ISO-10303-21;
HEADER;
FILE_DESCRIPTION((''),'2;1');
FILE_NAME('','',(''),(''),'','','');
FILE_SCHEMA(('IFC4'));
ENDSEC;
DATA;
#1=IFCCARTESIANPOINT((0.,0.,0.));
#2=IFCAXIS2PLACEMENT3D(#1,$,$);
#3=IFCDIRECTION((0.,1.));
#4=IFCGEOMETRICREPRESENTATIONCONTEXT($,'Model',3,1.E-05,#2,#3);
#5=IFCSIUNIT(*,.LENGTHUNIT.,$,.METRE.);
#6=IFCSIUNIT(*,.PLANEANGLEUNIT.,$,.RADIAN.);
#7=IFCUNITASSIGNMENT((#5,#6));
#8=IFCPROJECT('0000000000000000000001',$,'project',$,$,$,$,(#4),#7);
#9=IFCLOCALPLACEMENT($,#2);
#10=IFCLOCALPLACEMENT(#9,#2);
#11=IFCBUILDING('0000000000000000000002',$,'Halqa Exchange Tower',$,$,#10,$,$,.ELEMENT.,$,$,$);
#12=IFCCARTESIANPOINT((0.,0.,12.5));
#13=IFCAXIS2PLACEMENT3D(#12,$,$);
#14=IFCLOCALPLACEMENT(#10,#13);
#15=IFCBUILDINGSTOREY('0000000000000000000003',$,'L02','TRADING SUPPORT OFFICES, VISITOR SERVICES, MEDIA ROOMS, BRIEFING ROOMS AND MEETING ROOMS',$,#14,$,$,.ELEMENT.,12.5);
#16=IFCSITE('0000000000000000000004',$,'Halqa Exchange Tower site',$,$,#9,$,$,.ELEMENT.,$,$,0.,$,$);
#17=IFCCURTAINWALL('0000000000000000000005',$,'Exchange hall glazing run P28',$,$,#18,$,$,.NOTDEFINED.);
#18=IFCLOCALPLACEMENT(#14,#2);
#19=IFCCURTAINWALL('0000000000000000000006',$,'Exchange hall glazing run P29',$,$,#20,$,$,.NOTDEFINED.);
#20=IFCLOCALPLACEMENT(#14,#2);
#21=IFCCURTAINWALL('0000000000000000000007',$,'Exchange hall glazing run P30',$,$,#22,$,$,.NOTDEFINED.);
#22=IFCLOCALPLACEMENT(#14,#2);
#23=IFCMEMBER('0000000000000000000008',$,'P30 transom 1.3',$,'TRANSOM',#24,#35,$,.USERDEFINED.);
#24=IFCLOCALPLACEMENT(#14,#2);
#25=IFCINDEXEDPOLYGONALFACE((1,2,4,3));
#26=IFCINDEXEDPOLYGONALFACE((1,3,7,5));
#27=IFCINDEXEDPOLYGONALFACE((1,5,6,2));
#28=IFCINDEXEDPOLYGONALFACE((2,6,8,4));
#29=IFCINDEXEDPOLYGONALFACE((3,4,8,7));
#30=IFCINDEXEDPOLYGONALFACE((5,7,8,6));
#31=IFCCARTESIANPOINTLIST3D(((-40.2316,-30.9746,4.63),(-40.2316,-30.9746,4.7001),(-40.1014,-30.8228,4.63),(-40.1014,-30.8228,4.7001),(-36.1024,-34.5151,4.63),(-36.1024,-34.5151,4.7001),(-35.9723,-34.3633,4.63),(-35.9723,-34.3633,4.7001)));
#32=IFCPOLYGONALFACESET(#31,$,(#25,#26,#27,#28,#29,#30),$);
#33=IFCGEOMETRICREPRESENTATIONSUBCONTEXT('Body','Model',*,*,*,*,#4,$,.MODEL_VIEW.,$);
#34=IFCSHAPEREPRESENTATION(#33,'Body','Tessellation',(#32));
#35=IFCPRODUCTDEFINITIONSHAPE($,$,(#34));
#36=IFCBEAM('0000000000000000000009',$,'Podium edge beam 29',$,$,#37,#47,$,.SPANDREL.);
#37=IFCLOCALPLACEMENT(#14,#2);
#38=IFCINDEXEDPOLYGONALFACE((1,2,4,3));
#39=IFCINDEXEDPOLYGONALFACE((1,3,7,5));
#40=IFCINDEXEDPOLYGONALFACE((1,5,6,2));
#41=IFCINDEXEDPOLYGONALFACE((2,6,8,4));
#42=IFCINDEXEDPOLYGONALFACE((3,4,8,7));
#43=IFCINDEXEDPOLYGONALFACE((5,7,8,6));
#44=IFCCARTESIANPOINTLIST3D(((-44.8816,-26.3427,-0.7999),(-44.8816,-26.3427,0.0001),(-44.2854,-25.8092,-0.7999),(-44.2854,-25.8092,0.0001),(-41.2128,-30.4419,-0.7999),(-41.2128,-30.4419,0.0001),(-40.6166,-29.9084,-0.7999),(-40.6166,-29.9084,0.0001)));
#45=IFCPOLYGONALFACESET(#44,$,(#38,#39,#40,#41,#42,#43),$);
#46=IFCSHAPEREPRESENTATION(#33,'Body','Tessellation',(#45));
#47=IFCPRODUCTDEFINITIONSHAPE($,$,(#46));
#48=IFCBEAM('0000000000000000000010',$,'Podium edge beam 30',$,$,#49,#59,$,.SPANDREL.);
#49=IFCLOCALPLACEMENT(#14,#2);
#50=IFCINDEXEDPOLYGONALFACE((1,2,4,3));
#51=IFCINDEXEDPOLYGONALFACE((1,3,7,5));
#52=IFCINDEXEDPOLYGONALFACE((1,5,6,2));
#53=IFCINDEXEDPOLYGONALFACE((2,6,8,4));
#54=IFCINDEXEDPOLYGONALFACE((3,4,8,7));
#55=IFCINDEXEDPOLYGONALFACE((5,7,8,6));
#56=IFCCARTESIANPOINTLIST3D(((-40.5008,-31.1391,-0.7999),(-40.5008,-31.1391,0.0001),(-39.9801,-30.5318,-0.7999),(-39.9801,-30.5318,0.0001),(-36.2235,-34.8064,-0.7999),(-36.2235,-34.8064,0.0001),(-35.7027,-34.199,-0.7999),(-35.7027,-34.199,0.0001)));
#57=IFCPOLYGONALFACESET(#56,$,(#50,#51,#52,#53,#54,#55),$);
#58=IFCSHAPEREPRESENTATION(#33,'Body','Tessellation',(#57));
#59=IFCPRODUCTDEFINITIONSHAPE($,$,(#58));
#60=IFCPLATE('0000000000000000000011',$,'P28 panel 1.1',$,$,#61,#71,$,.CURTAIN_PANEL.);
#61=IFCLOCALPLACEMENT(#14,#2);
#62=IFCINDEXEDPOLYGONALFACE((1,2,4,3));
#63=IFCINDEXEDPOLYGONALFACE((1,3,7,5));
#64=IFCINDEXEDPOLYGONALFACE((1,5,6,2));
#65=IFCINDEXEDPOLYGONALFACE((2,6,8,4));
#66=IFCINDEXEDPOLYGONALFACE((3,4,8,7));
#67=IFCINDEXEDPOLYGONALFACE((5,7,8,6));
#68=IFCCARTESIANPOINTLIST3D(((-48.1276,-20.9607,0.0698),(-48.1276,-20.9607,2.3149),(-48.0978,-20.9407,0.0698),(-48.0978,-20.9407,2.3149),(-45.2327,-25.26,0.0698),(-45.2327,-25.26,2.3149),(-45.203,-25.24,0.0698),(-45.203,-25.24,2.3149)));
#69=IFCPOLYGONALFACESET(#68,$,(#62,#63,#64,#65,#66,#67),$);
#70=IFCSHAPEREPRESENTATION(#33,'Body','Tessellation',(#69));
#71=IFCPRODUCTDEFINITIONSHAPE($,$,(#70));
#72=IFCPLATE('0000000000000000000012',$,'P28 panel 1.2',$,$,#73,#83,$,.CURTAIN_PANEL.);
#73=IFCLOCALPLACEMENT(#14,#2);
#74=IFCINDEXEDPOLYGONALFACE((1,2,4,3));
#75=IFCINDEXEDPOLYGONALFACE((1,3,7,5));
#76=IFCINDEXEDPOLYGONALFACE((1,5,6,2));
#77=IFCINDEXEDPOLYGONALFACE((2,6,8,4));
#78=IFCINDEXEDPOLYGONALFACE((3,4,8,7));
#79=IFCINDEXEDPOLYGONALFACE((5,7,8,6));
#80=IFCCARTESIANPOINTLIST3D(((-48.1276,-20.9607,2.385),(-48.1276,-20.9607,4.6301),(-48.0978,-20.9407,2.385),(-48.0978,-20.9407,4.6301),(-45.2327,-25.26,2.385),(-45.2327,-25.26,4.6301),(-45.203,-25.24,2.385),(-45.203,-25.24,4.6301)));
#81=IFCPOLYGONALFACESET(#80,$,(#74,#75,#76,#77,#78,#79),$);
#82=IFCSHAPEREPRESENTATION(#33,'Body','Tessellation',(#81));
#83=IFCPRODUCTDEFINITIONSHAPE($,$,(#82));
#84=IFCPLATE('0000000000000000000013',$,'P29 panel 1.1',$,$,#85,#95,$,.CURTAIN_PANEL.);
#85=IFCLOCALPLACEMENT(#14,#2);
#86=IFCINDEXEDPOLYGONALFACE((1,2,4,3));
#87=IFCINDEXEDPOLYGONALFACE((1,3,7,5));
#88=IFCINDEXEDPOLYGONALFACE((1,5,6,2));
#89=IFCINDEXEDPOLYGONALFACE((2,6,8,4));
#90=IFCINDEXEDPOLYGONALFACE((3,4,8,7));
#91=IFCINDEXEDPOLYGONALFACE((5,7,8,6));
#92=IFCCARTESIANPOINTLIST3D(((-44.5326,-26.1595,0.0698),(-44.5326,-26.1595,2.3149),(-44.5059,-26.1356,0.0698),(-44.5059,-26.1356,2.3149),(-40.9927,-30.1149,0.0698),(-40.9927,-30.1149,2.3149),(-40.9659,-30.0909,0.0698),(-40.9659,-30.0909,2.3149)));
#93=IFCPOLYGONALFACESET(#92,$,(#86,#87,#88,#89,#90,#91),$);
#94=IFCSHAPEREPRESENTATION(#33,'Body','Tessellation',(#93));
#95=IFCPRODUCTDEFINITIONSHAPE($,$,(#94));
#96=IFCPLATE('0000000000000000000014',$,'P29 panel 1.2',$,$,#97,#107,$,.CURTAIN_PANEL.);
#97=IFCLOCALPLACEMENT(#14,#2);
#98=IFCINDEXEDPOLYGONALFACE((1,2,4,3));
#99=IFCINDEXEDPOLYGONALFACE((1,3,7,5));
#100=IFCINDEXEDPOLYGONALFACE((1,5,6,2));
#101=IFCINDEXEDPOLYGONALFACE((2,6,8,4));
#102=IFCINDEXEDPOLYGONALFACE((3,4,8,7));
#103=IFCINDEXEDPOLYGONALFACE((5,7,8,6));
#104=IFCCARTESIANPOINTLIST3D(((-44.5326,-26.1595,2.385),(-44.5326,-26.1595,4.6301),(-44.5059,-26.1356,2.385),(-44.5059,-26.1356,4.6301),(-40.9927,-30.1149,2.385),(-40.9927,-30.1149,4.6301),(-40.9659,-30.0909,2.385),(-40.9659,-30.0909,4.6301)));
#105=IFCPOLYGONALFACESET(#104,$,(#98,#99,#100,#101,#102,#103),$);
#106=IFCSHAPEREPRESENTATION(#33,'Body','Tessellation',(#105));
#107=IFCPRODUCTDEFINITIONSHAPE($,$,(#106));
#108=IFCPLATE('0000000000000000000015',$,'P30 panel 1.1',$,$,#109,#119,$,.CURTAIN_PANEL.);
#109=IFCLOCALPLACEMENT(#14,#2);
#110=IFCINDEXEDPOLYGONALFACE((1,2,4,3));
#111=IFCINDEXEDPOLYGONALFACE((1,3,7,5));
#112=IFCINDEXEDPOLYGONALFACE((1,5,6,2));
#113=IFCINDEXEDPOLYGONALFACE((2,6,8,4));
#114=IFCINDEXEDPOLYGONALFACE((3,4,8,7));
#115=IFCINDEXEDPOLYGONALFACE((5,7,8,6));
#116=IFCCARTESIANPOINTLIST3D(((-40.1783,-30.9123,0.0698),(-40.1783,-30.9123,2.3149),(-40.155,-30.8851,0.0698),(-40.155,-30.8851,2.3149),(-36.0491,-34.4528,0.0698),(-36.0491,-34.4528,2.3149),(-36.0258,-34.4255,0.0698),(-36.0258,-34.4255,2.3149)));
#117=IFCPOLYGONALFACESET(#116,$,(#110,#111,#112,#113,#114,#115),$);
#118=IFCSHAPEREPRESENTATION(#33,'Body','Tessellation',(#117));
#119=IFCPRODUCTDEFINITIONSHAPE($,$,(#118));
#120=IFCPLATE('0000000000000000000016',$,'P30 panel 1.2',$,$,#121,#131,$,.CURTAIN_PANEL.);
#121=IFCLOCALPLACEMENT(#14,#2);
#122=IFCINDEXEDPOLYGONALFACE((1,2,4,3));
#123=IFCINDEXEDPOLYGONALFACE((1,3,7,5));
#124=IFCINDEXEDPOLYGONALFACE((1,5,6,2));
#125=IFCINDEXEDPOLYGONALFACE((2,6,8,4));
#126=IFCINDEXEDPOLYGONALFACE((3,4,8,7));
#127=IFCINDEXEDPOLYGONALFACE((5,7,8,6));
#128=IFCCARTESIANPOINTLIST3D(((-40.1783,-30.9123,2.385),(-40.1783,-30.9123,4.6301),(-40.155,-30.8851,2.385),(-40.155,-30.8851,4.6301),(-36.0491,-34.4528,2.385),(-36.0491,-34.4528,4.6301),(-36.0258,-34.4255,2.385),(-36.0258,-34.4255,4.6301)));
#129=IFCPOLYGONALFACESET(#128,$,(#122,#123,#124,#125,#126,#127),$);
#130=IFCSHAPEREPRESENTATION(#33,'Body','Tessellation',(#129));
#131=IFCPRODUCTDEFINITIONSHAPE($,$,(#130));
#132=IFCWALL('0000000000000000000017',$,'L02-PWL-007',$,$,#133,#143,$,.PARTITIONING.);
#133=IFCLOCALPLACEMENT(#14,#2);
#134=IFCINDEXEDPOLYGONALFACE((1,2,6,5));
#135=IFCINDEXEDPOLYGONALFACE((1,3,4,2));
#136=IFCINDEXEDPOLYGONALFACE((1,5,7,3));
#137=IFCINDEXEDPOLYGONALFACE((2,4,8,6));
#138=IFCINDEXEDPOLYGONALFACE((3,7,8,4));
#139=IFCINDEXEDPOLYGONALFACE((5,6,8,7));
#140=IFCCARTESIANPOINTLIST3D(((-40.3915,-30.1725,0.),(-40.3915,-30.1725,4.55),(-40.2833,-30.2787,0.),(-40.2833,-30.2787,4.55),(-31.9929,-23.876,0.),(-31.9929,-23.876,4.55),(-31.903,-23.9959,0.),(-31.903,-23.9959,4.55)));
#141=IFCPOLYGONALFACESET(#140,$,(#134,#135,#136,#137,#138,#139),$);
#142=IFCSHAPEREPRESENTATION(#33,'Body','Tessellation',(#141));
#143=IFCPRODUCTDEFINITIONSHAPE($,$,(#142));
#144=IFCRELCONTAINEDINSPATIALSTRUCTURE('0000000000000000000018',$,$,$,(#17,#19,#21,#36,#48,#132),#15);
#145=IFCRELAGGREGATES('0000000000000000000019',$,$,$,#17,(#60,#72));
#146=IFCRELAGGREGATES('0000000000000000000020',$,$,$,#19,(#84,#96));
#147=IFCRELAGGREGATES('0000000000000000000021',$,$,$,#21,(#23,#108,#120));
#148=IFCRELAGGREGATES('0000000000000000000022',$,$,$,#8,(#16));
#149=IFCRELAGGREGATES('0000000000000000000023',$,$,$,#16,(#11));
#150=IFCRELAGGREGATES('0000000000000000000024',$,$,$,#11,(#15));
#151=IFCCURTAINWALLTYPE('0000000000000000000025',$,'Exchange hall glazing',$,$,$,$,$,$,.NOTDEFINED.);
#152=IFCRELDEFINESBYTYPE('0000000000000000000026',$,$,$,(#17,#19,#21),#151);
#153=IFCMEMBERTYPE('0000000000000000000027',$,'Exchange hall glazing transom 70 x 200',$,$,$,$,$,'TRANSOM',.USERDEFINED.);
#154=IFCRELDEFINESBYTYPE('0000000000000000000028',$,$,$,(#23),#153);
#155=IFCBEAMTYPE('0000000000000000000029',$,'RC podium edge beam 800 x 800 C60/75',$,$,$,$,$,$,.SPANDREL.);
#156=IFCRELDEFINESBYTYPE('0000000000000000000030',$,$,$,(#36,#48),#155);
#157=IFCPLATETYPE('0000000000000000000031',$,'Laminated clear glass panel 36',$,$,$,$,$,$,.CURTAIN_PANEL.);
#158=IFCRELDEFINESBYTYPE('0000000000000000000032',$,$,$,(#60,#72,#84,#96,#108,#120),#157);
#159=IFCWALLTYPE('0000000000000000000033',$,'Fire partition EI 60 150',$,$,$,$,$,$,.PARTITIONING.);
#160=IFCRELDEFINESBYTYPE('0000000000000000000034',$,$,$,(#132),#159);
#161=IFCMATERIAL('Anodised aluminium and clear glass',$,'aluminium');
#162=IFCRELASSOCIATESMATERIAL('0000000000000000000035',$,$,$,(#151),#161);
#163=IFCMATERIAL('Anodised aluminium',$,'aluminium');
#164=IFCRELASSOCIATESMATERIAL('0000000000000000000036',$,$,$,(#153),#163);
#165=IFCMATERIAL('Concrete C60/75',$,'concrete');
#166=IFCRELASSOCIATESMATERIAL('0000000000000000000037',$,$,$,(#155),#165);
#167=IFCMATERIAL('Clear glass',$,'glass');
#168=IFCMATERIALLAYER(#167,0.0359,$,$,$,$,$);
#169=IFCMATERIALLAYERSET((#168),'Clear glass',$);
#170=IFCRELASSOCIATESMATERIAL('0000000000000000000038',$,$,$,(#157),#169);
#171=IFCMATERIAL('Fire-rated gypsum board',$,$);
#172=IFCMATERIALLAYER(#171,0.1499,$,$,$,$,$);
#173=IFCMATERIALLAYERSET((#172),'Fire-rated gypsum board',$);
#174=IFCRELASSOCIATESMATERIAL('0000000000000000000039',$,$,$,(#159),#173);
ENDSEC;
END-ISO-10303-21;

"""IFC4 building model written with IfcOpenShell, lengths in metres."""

from ifc_helpers import new_model, si_unit, direction, frame, origin, origin_2d, place, context, subcontext, project, spatial, polyline, rectangle, outline, extrude, material, layer, layer_set, material_profile, profile_set, type_object, element, aggregate, save


model = new_model("IFC4")

# Units and contexts
model_context = context("Model", 3, precision=1e-05, world=origin(), true_north=direction((0.0, 1.0)))
body_context = subcontext(model_context, "Body", "Model", "MODEL_VIEW")
ifc_project = project(units=[si_unit("LENGTHUNIT", "METRE"), si_unit("PLANEANGLEUNIT", "RADIAN")], contexts=[model_context])

# Site, building, storey
site_placement = place(None, origin())
site = spatial("IfcSite", under=ifc_project, at=site_placement, Name="Halqa Exchange Tower site", CompositionType="ELEMENT", RefElevation=0.0)
building_placement = place(site_placement, origin())
building = spatial("IfcBuilding", under=site, at=building_placement, Name="Halqa Exchange Tower", CompositionType="ELEMENT")
storey_placement = place(building_placement, frame((0.0, 0.0, 12.5)))
storey = spatial("IfcBuildingStorey", under=building, at=storey_placement, Name="L02", Description="TRADING SUPPORT OFFICES, VISITOR SERVICES, MEDIA ROOMS, BRIEFING ROOMS AND MEETING ROOMS", CompositionType="ELEMENT", Elevation=12.5)

# Shared definitions
ifc_material_1 = material(Name="Concrete C60/75", Category="concrete")

# Curtain wall
ifc_material_2 = material(Name="Anodised aluminium and clear glass", Category="aluminium")
curtain_wall_type = type_object("IfcCurtainWallType", Name="Exchange hall glazing", PredefinedType="NOTDEFINED", material=ifc_material_2)
curtain_wall_1_placement = place(storey_placement, origin())
curtain_wall_1 = element("IfcCurtainWall", 1, at=curtain_wall_1_placement, inside=storey, type_object=curtain_wall_type, Name="Exchange hall glazing run P28", PredefinedType="NOTDEFINED")
ifc_material_3 = material(Name="Anodised aluminium", Category="aluminium")

# Curtain walls
curtain_wall_2_placement = place(storey_placement, origin())
curtain_wall_2 = element("IfcCurtainWall", 2, at=curtain_wall_2_placement, inside=storey, type_object=curtain_wall_type, Name="Exchange hall glazing run P29", PredefinedType="NOTDEFINED")
curtain_wall_3_placement = place(storey_placement, origin())
curtain_wall_3 = element("IfcCurtainWall", 3, at=curtain_wall_3_placement, inside=storey, type_object=curtain_wall_type, Name="Exchange hall glazing run P30", PredefinedType="NOTDEFINED")

# Member
ifc_material_profile_1 = material_profile(ifc_material_3, rectangle(XDim=0.2, YDim=0.0701, at=origin_2d()), Name="AL 70x200")
ifc_profile_set_1 = profile_set([ifc_material_profile_1], Name="Anodised aluminium")
member_type_1 = type_object("IfcMemberType", Name="Exchange hall glazing transom 70 x 200", ElementType="TRANSOM", PredefinedType="USERDEFINED", material=ifc_profile_set_1)
member_1_placement = place(storey_placement, frame((-40.1665, -30.8987, 4.665), z_axis=(0.759143, -0.650924, 0.0), x_axis=(0.650924, 0.759143, 0.0)))
member_1 = element("IfcMember", 4, at=member_1_placement, type_object=member_type_1, Name="P30 transom 1.3", ObjectType="TRANSOM", PredefinedType="USERDEFINED", context=body_context, shape_type="SweptSolid", body=[
    extrude(rectangle(XDim=0.2, YDim=0.0701, at=origin_2d()), origin(), (0.0, 0.0, 1.0), 5.4392),
])

# Beams
ifc_material_profile_2 = material_profile(ifc_material_1, rectangle(XDim=0.8, YDim=0.8, at=origin_2d()), Name="800 x 800")
ifc_profile_set_2 = profile_set([ifc_material_profile_2], Name="Concrete C60/75")
beam_type = type_object("IfcBeamType", Name="RC podium edge beam 800 x 800 C60/75", PredefinedType="SPANDREL", material=ifc_profile_set_2)
beam_1_placement = place(storey_placement, frame((-44.5835, -26.0759, -0.3999), z_axis=(0.666903, -0.745145, 0.0), x_axis=(0.745145, 0.666903, 0.0)))
element("IfcBeam", 5, at=beam_1_placement, inside=storey, type_object=beam_type, Name="Podium edge beam 29", PredefinedType="SPANDREL", context=body_context, shape_type="SweptSolid", body=[
    extrude(rectangle(XDim=0.8, YDim=0.8, at=origin_2d()), origin(), (0.0, 0.0, 1.0), 5.5012),
])
beam_2_placement = place(storey_placement, frame((-40.2405, -30.8354, -0.3999), z_axis=(0.759174, -0.650888, 0.0), x_axis=(0.650888, 0.759174, 0.0)))
element("IfcBeam", 6, at=beam_2_placement, inside=storey, type_object=beam_type, Name="Podium edge beam 30", PredefinedType="SPANDREL", context=body_context, shape_type="SweptSolid", body=[
    extrude(rectangle(XDim=0.8, YDim=0.8, at=origin_2d()), origin(), (0.0, 0.0, 1.0), 5.6343),
])

# Plates
ifc_material_4 = material(Name="Clear glass", Category="glass")
ifc_layer_1 = layer(ifc_material_4, 0.0359)
ifc_layer_set_1 = layer_set([ifc_layer_1], Name="Clear glass")
plate_type = type_object("IfcPlateType", Name="Laminated clear glass panel 36", PredefinedType="CURTAIN_PANEL", material=ifc_layer_set_1)
plate_1_placement = place(storey_placement, frame((-46.6653, -23.1003, 0.0698), z_axis=(0.0, 0.0, 1.0), x_axis=(0.558522, -0.82949, 0.0)))
plate_1 = element("IfcPlate", 7, at=plate_1_placement, type_object=plate_type, Name="P28 panel 1.1", PredefinedType="CURTAIN_PANEL", context=body_context, shape_type="SweptSolid", body=[
    extrude(rectangle(XDim=5.1831, YDim=0.0359, at=origin_2d()), origin(), (0.0, 0.0, 1.0), 2.2451),
])
plate_2_placement = place(storey_placement, frame((-46.6653, -23.1003, 2.385), z_axis=(0.0, 0.0, 1.0), x_axis=(0.558522, -0.82949, 0.0)))
plate_2 = element("IfcPlate", 8, at=plate_2_placement, type_object=plate_type, Name="P28 panel 1.2", PredefinedType="CURTAIN_PANEL", context=body_context, shape_type="SweptSolid", body=[
    extrude(rectangle(XDim=5.1831, YDim=0.0359, at=origin_2d()), origin(), (0.0, 0.0, 1.0), 2.2451),
])
aggregate(curtain_wall_1, [plate_1, plate_2])
plate_3_placement = place(storey_placement, frame((-42.7493, -28.1252, 0.0698), z_axis=(0.0, 0.0, 1.0), x_axis=(0.666899, -0.745148, 0.0)))
plate_3 = element("IfcPlate", 9, at=plate_3_placement, type_object=plate_type, Name="P29 panel 1.1", PredefinedType="CURTAIN_PANEL", context=body_context, shape_type="SweptSolid", body=[
    extrude(rectangle(XDim=5.3081, YDim=0.0359, at=origin_2d()), origin(), (0.0, 0.0, 1.0), 2.2451),
])
plate_4_placement = place(storey_placement, frame((-42.7493, -28.1252, 2.385), z_axis=(0.0, 0.0, 1.0), x_axis=(0.666899, -0.745148, 0.0)))
plate_4 = element("IfcPlate", 10, at=plate_4_placement, type_object=plate_type, Name="P29 panel 1.2", PredefinedType="CURTAIN_PANEL", context=body_context, shape_type="SweptSolid", body=[
    extrude(rectangle(XDim=5.3081, YDim=0.0359, at=origin_2d()), origin(), (0.0, 0.0, 1.0), 2.2451),
])
aggregate(curtain_wall_2, [plate_3, plate_4])
plate_5_placement = place(storey_placement, frame((-38.1021, -32.6689, 0.0698), z_axis=(0.0, 0.0, 1.0), x_axis=(0.759154, -0.650911, 0.0)))
plate_5 = element("IfcPlate", 11, at=plate_5_placement, type_object=plate_type, Name="P30 panel 1.1", PredefinedType="CURTAIN_PANEL", context=body_context, shape_type="SweptSolid", body=[
    extrude(rectangle(XDim=5.4392, YDim=0.0359, at=origin_2d()), origin(), (0.0, 0.0, 1.0), 2.2451),
])
plate_6_placement = place(storey_placement, frame((-38.1021, -32.6689, 2.385), z_axis=(0.0, 0.0, 1.0), x_axis=(0.759154, -0.650911, 0.0)))
plate_6 = element("IfcPlate", 12, at=plate_6_placement, type_object=plate_type, Name="P30 panel 1.2", PredefinedType="CURTAIN_PANEL", context=body_context, shape_type="SweptSolid", body=[
    extrude(rectangle(XDim=5.4392, YDim=0.0359, at=origin_2d()), origin(), (0.0, 0.0, 1.0), 2.2451),
])
aggregate(curtain_wall_3, [member_1, plate_5, plate_6])

# Wall
ifc_material_5 = material(Name="Fire-rated gypsum board")
ifc_layer_2 = layer(ifc_material_5, 0.1499)
ifc_layer_set_2 = layer_set([ifc_layer_2], Name="Fire-rated gypsum board")
wall_type = type_object("IfcWallType", Name="Fire partition EI 60 150", PredefinedType="PARTITIONING", material=ifc_layer_set_2)
wall_placement = place(storey_placement, frame((-40.3374, -30.2256, 0.0), z_axis=(0.0, 0.0, 1.0), x_axis=(0.800115, 0.599847, 0.0)))
element("IfcWall", 13, at=wall_placement, inside=storey, type_object=wall_type, Name="L02-PWL-007", PredefinedType="PARTITIONING", context=body_context, shape_type="SweptSolid", body=[
    extrude(outline(polyline([(0.0115, -0.075), (10.4854, -0.075), (10.4854, 0.075), (-0.0115, 0.075), (0.0115, -0.075)])), origin(), (0.0, 0.0, 1.0), 4.55),
])

save(model, "model.ifc")
